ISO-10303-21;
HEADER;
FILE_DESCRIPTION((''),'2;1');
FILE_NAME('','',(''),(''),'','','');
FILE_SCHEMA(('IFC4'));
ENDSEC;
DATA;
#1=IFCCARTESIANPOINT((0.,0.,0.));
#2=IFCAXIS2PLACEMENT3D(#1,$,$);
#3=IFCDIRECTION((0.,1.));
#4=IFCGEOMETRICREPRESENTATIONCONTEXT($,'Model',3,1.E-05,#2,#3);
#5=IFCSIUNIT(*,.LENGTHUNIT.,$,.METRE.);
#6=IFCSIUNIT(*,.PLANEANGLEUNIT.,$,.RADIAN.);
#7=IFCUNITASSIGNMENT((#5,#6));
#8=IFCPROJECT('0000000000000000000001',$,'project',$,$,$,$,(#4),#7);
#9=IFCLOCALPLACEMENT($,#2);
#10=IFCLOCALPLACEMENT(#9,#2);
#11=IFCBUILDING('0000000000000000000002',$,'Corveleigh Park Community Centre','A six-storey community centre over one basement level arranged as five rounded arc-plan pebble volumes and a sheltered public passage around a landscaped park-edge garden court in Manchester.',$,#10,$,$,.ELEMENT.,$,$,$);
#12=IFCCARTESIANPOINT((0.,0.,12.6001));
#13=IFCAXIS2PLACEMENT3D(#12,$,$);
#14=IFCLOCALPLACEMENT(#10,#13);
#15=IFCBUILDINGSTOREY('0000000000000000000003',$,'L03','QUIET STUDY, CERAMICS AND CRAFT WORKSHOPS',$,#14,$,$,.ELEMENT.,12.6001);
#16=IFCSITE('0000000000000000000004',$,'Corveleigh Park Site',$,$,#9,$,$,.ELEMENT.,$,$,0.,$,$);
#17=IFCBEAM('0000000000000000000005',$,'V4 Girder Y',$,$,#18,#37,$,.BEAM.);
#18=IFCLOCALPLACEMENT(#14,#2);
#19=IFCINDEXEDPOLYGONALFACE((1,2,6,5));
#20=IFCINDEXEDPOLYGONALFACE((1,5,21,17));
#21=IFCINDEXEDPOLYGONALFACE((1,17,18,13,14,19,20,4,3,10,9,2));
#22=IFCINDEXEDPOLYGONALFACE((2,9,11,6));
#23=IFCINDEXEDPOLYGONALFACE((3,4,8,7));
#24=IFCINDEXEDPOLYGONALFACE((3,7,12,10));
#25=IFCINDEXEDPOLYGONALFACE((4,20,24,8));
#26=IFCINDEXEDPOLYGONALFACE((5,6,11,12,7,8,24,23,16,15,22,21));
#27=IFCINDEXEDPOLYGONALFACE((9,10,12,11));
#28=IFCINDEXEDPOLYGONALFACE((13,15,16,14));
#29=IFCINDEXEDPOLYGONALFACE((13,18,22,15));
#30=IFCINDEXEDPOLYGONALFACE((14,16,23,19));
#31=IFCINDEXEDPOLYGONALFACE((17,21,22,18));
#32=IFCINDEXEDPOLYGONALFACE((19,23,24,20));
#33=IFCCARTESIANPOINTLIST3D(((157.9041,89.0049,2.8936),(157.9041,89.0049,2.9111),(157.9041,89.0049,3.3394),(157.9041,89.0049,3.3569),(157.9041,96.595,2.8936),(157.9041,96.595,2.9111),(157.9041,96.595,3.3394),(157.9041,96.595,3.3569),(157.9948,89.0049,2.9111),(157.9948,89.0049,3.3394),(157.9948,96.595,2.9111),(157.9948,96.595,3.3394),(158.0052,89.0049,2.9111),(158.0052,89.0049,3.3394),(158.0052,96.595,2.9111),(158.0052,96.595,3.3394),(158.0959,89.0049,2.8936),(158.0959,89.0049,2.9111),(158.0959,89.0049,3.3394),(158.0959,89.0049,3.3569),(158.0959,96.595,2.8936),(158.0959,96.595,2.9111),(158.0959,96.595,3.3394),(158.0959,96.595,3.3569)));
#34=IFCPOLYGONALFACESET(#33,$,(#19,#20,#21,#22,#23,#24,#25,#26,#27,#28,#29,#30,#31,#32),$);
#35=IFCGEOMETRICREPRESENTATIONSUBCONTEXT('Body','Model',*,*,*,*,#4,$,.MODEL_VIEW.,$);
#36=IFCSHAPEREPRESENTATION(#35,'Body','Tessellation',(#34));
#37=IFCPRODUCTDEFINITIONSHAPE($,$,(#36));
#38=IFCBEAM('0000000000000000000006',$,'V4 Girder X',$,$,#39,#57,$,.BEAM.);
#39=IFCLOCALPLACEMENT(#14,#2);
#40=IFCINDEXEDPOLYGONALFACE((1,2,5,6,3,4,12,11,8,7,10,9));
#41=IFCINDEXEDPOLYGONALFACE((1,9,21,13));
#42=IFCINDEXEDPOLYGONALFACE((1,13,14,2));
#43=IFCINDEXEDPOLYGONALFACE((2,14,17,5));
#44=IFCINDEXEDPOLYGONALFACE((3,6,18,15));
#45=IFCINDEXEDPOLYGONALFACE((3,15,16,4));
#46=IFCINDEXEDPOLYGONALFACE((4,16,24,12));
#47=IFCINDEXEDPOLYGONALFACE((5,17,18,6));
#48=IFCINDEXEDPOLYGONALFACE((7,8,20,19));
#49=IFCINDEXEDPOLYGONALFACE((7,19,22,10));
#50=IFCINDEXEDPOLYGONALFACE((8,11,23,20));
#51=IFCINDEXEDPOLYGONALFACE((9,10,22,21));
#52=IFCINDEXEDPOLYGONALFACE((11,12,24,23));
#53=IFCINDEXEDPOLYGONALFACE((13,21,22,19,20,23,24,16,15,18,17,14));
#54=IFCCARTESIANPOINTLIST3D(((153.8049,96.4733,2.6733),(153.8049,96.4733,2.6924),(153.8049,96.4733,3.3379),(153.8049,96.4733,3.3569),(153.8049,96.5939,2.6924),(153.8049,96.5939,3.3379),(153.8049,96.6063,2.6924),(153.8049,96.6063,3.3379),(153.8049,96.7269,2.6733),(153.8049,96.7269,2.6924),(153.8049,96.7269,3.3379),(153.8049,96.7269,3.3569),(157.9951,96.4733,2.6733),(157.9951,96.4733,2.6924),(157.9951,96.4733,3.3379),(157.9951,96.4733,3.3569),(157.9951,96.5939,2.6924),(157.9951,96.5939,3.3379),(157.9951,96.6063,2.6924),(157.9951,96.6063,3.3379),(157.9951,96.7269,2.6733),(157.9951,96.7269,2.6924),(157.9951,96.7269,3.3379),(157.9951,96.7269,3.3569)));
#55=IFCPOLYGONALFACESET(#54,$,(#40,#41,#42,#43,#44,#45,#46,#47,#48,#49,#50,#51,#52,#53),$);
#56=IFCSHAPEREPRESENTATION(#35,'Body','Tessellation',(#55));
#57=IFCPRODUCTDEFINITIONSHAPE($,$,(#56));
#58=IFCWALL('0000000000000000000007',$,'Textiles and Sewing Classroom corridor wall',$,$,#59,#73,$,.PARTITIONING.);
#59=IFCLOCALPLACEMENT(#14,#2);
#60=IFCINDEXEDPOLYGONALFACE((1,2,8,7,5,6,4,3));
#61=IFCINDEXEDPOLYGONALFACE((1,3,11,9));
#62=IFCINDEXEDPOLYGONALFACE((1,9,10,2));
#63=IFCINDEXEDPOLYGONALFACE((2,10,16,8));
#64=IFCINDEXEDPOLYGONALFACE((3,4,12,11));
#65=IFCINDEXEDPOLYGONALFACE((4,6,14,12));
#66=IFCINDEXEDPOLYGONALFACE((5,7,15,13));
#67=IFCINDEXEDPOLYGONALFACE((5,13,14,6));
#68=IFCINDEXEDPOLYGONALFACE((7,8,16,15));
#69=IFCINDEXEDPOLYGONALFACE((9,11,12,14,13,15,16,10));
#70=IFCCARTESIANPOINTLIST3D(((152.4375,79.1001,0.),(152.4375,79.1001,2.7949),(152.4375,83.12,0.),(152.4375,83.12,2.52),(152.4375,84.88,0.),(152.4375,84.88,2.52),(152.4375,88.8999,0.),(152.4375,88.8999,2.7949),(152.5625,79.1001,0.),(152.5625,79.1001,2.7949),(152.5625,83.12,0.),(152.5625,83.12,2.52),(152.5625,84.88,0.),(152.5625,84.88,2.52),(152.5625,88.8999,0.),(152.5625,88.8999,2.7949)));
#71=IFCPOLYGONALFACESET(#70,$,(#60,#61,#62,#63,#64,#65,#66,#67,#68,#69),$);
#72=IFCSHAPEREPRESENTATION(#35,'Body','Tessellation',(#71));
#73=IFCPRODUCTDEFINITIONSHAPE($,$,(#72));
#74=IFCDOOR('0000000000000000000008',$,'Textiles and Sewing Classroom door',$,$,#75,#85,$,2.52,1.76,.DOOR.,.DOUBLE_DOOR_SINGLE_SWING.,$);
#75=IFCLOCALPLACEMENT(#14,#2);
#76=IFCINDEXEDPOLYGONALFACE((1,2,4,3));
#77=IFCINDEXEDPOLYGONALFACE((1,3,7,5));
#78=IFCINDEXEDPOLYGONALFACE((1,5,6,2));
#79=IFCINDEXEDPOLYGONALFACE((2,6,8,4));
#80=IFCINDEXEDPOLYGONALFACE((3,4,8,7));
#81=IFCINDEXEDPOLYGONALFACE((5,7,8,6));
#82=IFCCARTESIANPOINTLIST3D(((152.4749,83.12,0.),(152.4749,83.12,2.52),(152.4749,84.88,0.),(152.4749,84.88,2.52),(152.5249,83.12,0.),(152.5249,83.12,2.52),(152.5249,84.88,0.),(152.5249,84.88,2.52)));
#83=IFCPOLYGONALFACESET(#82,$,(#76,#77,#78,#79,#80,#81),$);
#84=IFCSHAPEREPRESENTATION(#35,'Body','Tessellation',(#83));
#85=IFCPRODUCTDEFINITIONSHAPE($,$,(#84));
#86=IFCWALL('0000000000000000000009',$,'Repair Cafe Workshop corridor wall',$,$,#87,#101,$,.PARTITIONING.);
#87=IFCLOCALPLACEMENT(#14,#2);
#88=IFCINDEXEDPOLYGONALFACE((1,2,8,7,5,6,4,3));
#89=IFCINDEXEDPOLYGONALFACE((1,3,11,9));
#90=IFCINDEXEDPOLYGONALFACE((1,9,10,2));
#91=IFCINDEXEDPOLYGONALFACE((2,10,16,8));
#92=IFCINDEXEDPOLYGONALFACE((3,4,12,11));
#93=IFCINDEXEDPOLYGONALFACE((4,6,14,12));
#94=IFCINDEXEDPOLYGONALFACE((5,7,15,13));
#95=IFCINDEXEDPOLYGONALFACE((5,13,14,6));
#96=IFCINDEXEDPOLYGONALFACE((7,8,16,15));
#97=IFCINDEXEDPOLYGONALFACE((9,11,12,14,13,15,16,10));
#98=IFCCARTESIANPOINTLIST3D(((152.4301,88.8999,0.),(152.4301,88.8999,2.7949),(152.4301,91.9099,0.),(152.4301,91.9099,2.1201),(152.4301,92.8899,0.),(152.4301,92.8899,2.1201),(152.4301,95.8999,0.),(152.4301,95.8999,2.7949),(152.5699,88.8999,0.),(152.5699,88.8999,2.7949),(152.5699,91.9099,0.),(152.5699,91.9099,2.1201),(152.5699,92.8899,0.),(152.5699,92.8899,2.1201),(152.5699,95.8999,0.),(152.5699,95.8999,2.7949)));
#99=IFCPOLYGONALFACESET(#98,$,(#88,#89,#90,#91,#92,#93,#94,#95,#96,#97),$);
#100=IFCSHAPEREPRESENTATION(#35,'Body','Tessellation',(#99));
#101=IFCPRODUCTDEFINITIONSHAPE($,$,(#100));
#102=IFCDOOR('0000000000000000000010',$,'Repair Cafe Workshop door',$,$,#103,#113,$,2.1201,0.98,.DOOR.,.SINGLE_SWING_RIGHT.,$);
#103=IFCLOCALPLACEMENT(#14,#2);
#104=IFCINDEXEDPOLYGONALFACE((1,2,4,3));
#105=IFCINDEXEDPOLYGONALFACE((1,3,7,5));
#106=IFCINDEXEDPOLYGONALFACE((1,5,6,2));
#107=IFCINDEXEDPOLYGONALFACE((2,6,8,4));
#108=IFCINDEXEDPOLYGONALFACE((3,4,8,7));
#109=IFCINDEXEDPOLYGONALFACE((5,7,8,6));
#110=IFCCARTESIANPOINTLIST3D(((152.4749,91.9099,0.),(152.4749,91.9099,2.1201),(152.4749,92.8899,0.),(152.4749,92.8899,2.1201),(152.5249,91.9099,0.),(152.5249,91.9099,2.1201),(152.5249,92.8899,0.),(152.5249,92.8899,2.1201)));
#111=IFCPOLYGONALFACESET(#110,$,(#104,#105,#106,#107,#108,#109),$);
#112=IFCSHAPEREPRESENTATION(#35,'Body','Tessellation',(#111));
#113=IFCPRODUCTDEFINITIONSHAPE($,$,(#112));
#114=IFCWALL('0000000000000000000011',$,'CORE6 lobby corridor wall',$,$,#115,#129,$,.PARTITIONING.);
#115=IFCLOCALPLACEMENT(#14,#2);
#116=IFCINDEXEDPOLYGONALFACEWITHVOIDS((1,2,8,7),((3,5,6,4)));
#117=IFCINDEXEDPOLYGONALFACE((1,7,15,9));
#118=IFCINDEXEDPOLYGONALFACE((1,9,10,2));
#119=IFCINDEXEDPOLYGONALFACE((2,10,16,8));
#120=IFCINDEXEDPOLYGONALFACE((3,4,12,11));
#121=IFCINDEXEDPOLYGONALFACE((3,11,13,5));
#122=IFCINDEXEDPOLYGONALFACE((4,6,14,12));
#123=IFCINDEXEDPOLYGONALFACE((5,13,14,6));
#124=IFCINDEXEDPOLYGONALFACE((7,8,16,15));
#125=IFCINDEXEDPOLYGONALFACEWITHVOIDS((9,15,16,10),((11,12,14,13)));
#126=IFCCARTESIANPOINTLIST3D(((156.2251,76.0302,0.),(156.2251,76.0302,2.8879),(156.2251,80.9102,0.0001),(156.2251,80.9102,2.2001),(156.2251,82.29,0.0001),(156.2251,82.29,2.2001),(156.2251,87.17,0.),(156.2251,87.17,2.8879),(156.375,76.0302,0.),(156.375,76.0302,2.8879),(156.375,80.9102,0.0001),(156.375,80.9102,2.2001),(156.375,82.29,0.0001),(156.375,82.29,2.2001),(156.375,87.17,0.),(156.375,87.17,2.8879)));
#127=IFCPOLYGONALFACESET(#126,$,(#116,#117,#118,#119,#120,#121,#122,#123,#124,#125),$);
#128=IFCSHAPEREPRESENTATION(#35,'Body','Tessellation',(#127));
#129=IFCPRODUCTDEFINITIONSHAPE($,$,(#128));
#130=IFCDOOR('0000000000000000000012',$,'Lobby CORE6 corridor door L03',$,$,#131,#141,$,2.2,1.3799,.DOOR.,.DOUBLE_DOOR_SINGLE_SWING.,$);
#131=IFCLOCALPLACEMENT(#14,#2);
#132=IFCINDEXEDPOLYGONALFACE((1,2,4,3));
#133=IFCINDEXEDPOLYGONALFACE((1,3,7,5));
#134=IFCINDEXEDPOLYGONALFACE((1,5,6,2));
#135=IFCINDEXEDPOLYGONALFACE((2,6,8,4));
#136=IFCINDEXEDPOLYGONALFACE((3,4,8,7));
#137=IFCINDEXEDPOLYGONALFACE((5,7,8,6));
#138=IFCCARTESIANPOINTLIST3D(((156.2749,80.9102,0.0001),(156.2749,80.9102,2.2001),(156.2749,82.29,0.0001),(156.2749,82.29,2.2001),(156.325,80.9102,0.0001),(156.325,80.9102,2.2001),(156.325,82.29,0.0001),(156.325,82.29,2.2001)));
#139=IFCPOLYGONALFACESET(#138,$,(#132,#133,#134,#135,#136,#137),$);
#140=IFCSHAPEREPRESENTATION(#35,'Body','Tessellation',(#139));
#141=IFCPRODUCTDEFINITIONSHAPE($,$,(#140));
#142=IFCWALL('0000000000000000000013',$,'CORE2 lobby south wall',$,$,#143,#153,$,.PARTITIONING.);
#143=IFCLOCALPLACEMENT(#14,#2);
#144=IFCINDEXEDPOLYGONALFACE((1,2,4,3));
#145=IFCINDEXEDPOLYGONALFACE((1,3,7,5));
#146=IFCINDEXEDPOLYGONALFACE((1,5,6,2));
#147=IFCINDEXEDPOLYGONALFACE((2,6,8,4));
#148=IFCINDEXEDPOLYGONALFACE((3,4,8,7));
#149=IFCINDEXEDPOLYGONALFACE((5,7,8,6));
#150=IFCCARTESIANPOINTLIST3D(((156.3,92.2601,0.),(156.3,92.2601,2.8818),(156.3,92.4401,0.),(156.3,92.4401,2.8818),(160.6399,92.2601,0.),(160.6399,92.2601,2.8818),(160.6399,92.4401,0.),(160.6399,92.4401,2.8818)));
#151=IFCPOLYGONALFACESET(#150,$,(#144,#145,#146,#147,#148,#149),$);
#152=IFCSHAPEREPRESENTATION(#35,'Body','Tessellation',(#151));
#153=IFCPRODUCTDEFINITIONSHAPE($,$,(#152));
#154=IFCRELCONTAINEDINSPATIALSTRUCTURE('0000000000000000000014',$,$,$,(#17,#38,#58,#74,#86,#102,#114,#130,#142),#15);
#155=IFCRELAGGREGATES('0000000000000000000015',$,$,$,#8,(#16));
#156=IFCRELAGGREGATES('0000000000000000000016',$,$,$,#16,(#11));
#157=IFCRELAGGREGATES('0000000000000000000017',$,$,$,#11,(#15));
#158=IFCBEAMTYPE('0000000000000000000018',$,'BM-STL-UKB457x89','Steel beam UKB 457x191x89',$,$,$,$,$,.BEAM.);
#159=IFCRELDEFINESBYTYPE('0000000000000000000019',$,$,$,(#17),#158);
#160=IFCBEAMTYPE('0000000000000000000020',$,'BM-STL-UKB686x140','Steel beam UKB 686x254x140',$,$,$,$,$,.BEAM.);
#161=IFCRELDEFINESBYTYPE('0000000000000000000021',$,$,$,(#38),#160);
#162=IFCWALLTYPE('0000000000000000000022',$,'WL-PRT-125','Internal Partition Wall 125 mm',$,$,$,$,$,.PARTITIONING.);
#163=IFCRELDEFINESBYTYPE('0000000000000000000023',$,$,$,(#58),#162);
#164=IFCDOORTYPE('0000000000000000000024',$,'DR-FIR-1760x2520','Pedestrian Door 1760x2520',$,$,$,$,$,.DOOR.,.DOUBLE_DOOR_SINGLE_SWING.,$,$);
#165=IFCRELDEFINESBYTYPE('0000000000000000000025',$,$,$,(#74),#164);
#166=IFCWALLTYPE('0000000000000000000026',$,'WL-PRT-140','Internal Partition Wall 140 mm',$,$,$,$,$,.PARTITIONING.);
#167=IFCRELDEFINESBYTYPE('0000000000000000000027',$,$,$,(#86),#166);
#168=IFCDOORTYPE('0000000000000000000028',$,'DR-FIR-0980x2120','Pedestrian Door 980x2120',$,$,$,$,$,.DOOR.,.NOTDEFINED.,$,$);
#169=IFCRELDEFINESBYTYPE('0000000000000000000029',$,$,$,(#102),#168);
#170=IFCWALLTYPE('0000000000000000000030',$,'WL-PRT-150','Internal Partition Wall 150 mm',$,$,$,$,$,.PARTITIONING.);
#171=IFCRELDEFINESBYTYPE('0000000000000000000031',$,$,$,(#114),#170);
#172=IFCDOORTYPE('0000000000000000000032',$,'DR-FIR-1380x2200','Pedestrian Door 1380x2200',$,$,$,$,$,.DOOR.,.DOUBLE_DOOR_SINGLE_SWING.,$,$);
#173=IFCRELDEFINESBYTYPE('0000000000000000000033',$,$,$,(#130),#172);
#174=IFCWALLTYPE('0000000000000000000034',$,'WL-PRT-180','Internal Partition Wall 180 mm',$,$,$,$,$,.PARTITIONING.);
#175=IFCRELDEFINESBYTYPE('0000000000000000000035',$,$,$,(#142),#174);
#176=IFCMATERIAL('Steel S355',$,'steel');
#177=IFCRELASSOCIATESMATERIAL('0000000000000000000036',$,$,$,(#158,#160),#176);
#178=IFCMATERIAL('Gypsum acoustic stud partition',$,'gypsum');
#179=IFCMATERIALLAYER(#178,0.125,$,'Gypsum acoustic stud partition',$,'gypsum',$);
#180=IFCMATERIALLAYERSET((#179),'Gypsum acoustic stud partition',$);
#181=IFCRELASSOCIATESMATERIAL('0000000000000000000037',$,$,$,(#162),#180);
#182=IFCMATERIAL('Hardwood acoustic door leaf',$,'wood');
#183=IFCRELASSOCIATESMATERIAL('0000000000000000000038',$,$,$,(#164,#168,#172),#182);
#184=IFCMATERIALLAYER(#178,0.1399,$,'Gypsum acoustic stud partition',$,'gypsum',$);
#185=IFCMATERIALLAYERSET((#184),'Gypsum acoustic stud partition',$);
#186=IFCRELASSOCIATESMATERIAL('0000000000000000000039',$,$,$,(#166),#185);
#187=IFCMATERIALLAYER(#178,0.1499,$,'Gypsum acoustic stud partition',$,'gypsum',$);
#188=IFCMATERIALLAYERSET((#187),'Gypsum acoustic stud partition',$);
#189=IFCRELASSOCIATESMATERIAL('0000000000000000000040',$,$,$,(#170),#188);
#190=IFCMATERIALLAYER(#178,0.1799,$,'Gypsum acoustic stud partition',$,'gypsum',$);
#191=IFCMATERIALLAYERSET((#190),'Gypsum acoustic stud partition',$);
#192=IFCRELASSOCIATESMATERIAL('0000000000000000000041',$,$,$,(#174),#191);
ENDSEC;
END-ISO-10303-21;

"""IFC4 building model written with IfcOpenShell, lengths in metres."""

from ifc_helpers import new_model, si_unit, direction, frame, frame_2d, origin, origin_2d, place, context, subcontext, project, spatial, rectangle, i_section, extrude, material, layer, layer_set, material_profile, profile_set, type_object, element, fill, save


model = new_model("IFC4")

# Units and contexts
model_context = context("Model", 3, precision=1e-05, world=origin(), true_north=direction((0.0, 1.0)))
body_context = subcontext(model_context, "Body", "Model", "MODEL_VIEW")
ifc_project = project(units=[si_unit("LENGTHUNIT", "METRE"), si_unit("PLANEANGLEUNIT", "RADIAN")], contexts=[model_context])

# Site, building, storey
site_placement = place(None, origin())
site = spatial("IfcSite", under=ifc_project, at=site_placement, Name="Corveleigh Park Site", CompositionType="ELEMENT", RefElevation=0.0)
building_placement = place(site_placement, origin())
building = spatial("IfcBuilding", under=site, at=building_placement, Name="Corveleigh Park Community Centre", Description="A six-storey community centre over one basement level arranged as five rounded arc-plan pebble volumes and a sheltered public passage around a landscaped park-edge garden court in Manchester.", CompositionType="ELEMENT")
storey_placement = place(building_placement, frame((0.0, 0.0, 12.6001)))
storey = spatial("IfcBuildingStorey", under=building, at=storey_placement, Name="L03", Description="QUIET STUDY, CERAMICS AND CRAFT WORKSHOPS", CompositionType="ELEMENT", Elevation=12.6001)

# Shared definitions
ifc_material_1 = material(Name="Steel S355", Category="steel")

# Beams
ifc_material_profile_1 = material_profile(ifc_material_1, i_section(OverallWidth=0.1919, OverallDepth=0.4634, WebThickness=0.0105, FlangeThickness=0.0176, at=origin_2d()), Name="UKB 457x191x89", Category="steel")
ifc_profile_set_1 = profile_set([ifc_material_profile_1], Name="Steel S355")
beam_type_1 = type_object("IfcBeamType", Name="BM-STL-UKB457x89", Description="Steel beam UKB 457x191x89", PredefinedType="BEAM", material=ifc_profile_set_1)
beam_1_placement = place(storey_placement, frame((158.0, 89.0049, 3.1252), z_axis=(0.0, 1.0, 0.0), x_axis=(-1.0, 0.0, 0.0)))
element("IfcBeam", 1, at=beam_1_placement, inside=storey, type_object=beam_type_1, Name="V4 Girder Y", PredefinedType="BEAM", context=body_context, shape_type="SweptSolid", body=[
    extrude(i_section(OverallWidth=0.1919, OverallDepth=0.4634, WebThickness=0.0105, FlangeThickness=0.0176, at=origin_2d()), origin(), (0.0, 0.0, 1.0), 7.5901),
])
ifc_material_profile_2 = material_profile(ifc_material_1, i_section(OverallWidth=0.2537, OverallDepth=0.6836, WebThickness=0.0125, FlangeThickness=0.019, at=origin_2d()), Name="UKB 686x254x140", Category="steel")
ifc_profile_set_2 = profile_set([ifc_material_profile_2], Name="Steel S355")
beam_type_2 = type_object("IfcBeamType", Name="BM-STL-UKB686x140", Description="Steel beam UKB 686x254x140", PredefinedType="BEAM", material=ifc_profile_set_2)
beam_2_placement = place(storey_placement, frame((153.8049, 96.6001, 3.0151), z_axis=(1.0, 0.0, 0.0), x_axis=(0.0, 1.0, 0.0)))
element("IfcBeam", 2, at=beam_2_placement, inside=storey, type_object=beam_type_2, Name="V4 Girder X", PredefinedType="BEAM", context=body_context, shape_type="SweptSolid", body=[
    extrude(i_section(OverallWidth=0.2537, OverallDepth=0.6836, WebThickness=0.0125, FlangeThickness=0.019, at=origin_2d()), origin(), (0.0, 0.0, 1.0), 4.1902),
])

# Walls, openings, doors
ifc_material_2 = material(Name="Gypsum acoustic stud partition", Category="gypsum")
ifc_layer_1 = layer(ifc_material_2, 0.125, Name="Gypsum acoustic stud partition", Category="gypsum")
ifc_layer_set_1 = layer_set([ifc_layer_1], Name="Gypsum acoustic stud partition")
wall_type_1 = type_object("IfcWallType", Name="WL-PRT-125", Description="Internal Partition Wall 125 mm", PredefinedType="PARTITIONING", material=ifc_layer_set_1)
wall_1_placement = place(storey_placement, frame((152.5, 88.8999, 0.0), z_axis=(0.0, 0.0, 1.0), x_axis=(0.0, -1.0, 0.0)))
wall_1 = element("IfcWall", 3, at=wall_1_placement, inside=storey, type_object=wall_type_1, Name="Textiles and Sewing Classroom corridor wall", PredefinedType="PARTITIONING", context=body_context, shape_type="SweptSolid", body=[
    extrude(rectangle(XDim=9.7998, YDim=0.125, at=frame_2d((4.8999, 0.0))), origin(), (0.0, 0.0, 1.0), 2.7949),
])
opening_1_placement = place(wall_1_placement, frame((4.02, 0.0, 0.0)))
opening_1 = element("IfcOpeningElement", 4, at=opening_1_placement, cuts=wall_1, PredefinedType="OPENING", context=body_context, shape_type="SweptSolid", body=[
    extrude(rectangle(XDim=1.76, YDim=2.52, at=frame_2d((0.8799, 1.26))), frame((0.0, 0.0725, 0.0), z_axis=(0.0, -1.0, 0.0), x_axis=(1.0, 0.0, 0.0)), (0.0, 0.0, 1.0), 0.145),
])
ifc_material_3 = material(Name="Hardwood acoustic door leaf", Category="wood")
door_type_1 = type_object("IfcDoorType", Name="DR-FIR-1760x2520", Description="Pedestrian Door 1760x2520", OperationType="DOUBLE_DOOR_SINGLE_SWING", PredefinedType="DOOR", material=ifc_material_3)
door_1_placement = place(opening_1_placement, origin())
door_1 = element("IfcDoor", 5, at=door_1_placement, inside=storey, type_object=door_type_1, Name="Textiles and Sewing Classroom door", OperationType="DOUBLE_DOOR_SINGLE_SWING", OverallHeight=2.52, OverallWidth=1.76, PredefinedType="DOOR", context=body_context, shape_type="SweptSolid", body=[
    extrude(rectangle(XDim=1.76, YDim=2.52, at=frame_2d((0.8799, 1.26))), frame((0.0, 0.0249, 0.0), z_axis=(0.0, -1.0, 0.0), x_axis=(1.0, 0.0, 0.0)), (0.0, 0.0, 1.0), 0.05),
])
fill(opening_1, door_1)
ifc_layer_2 = layer(ifc_material_2, 0.1399, Name="Gypsum acoustic stud partition", Category="gypsum")
ifc_layer_set_2 = layer_set([ifc_layer_2], Name="Gypsum acoustic stud partition")
wall_type_2 = type_object("IfcWallType", Name="WL-PRT-140", Description="Internal Partition Wall 140 mm", PredefinedType="PARTITIONING", material=ifc_layer_set_2)
wall_2_placement = place(storey_placement, frame((152.5, 95.8999, 0.0), z_axis=(0.0, 0.0, 1.0), x_axis=(0.0, -1.0, 0.0)))
wall_2 = element("IfcWall", 6, at=wall_2_placement, inside=storey, type_object=wall_type_2, Name="Repair Cafe Workshop corridor wall", PredefinedType="PARTITIONING", context=body_context, shape_type="SweptSolid", body=[
    extrude(rectangle(XDim=7.0, YDim=0.1399, at=frame_2d((3.5, 0.0))), origin(), (0.0, 0.0, 1.0), 2.7949),
])
opening_2_placement = place(wall_2_placement, frame((3.01, 0.0, 0.0)))
opening_2 = element("IfcOpeningElement", 7, at=opening_2_placement, cuts=wall_2, PredefinedType="OPENING", context=body_context, shape_type="SweptSolid", body=[
    extrude(rectangle(XDim=0.98, YDim=2.1201, at=frame_2d((0.49, 1.0601))), frame((0.0, 0.0798, 0.0), z_axis=(0.0, -1.0, 0.0), x_axis=(1.0, 0.0, 0.0)), (0.0, 0.0, 1.0), 0.1599),
])
door_type_2 = type_object("IfcDoorType", Name="DR-FIR-0980x2120", Description="Pedestrian Door 980x2120", OperationType="NOTDEFINED", PredefinedType="DOOR", material=ifc_material_3)
door_2_placement = place(opening_2_placement, origin())
door_2 = element("IfcDoor", 8, at=door_2_placement, inside=storey, type_object=door_type_2, Name="Repair Cafe Workshop door", OperationType="SINGLE_SWING_RIGHT", OverallHeight=2.1201, OverallWidth=0.98, PredefinedType="DOOR", context=body_context, shape_type="SweptSolid", body=[
    extrude(rectangle(XDim=0.98, YDim=2.1201, at=frame_2d((0.49, 1.0601))), frame((0.0, 0.0249, 0.0), z_axis=(0.0, -1.0, 0.0), x_axis=(1.0, 0.0, 0.0)), (0.0, 0.0, 1.0), 0.05),
])
fill(opening_2, door_2)
ifc_layer_3 = layer(ifc_material_2, 0.1499, Name="Gypsum acoustic stud partition", Category="gypsum")
ifc_layer_set_3 = layer_set([ifc_layer_3], Name="Gypsum acoustic stud partition")
wall_type_3 = type_object("IfcWallType", Name="WL-PRT-150", Description="Internal Partition Wall 150 mm", PredefinedType="PARTITIONING", material=ifc_layer_set_3)
wall_3_placement = place(storey_placement, frame((156.3, 87.1699, 0.0), z_axis=(0.0, 0.0, 1.0), x_axis=(0.0, -1.0, 0.0)))
wall_3 = element("IfcWall", 9, at=wall_3_placement, inside=storey, type_object=wall_type_3, Name="CORE6 lobby corridor wall", PredefinedType="PARTITIONING", context=body_context, shape_type="SweptSolid", body=[
    extrude(rectangle(XDim=11.1399, YDim=0.1499, at=frame_2d((5.5698, 0.0))), origin(), (0.0, 0.0, 1.0), 2.8879),
])
opening_3_placement = place(wall_3_placement, frame((4.8799, 0.0, 0.0)))
opening_3 = element("IfcOpeningElement", 10, at=opening_3_placement, cuts=wall_3, PredefinedType="OPENING", context=body_context, shape_type="SweptSolid", body=[
    extrude(rectangle(XDim=1.3799, YDim=2.2, at=frame_2d((0.6899, 1.1001))), frame((0.0, 0.085, 0.0), z_axis=(0.0, -1.0, 0.0), x_axis=(1.0, 0.0, 0.0)), (0.0, 0.0, 1.0), 0.1699),
])
door_type_3 = type_object("IfcDoorType", Name="DR-FIR-1380x2200", Description="Pedestrian Door 1380x2200", OperationType="DOUBLE_DOOR_SINGLE_SWING", PredefinedType="DOOR", material=ifc_material_3)
door_3_placement = place(opening_3_placement, origin())
door_3 = element("IfcDoor", 11, at=door_3_placement, inside=storey, type_object=door_type_3, Name="Lobby CORE6 corridor door L03", OperationType="DOUBLE_DOOR_SINGLE_SWING", OverallHeight=2.2, OverallWidth=1.3799, PredefinedType="DOOR", context=body_context, shape_type="SweptSolid", body=[
    extrude(rectangle(XDim=1.3799, YDim=2.2, at=frame_2d((0.6899, 1.1001))), frame((0.0, 0.0249, 0.0), z_axis=(0.0, -1.0, 0.0), x_axis=(1.0, 0.0, 0.0)), (0.0, 0.0, 1.0), 0.05),
])
fill(opening_3, door_3)

# Wall
ifc_layer_4 = layer(ifc_material_2, 0.1799, Name="Gypsum acoustic stud partition", Category="gypsum")
ifc_layer_set_4 = layer_set([ifc_layer_4], Name="Gypsum acoustic stud partition")
wall_type_4 = type_object("IfcWallType", Name="WL-PRT-180", Description="Internal Partition Wall 180 mm", PredefinedType="PARTITIONING", material=ifc_layer_set_4)
wall_4_placement = place(storey_placement, frame((156.3, 92.3501, 0.0), z_axis=(0.0, 0.0, 1.0), x_axis=(1.0, 0.0, 0.0)))
element("IfcWall", 12, at=wall_4_placement, inside=storey, type_object=wall_type_4, Name="CORE2 lobby south wall", PredefinedType="PARTITIONING", context=body_context, shape_type="SweptSolid", body=[
    extrude(rectangle(XDim=4.3398, YDim=0.1799, at=frame_2d((2.1699, 0.0))), origin(), (0.0, 0.0, 1.0), 2.8818),
])

save(model, "model.ifc")
